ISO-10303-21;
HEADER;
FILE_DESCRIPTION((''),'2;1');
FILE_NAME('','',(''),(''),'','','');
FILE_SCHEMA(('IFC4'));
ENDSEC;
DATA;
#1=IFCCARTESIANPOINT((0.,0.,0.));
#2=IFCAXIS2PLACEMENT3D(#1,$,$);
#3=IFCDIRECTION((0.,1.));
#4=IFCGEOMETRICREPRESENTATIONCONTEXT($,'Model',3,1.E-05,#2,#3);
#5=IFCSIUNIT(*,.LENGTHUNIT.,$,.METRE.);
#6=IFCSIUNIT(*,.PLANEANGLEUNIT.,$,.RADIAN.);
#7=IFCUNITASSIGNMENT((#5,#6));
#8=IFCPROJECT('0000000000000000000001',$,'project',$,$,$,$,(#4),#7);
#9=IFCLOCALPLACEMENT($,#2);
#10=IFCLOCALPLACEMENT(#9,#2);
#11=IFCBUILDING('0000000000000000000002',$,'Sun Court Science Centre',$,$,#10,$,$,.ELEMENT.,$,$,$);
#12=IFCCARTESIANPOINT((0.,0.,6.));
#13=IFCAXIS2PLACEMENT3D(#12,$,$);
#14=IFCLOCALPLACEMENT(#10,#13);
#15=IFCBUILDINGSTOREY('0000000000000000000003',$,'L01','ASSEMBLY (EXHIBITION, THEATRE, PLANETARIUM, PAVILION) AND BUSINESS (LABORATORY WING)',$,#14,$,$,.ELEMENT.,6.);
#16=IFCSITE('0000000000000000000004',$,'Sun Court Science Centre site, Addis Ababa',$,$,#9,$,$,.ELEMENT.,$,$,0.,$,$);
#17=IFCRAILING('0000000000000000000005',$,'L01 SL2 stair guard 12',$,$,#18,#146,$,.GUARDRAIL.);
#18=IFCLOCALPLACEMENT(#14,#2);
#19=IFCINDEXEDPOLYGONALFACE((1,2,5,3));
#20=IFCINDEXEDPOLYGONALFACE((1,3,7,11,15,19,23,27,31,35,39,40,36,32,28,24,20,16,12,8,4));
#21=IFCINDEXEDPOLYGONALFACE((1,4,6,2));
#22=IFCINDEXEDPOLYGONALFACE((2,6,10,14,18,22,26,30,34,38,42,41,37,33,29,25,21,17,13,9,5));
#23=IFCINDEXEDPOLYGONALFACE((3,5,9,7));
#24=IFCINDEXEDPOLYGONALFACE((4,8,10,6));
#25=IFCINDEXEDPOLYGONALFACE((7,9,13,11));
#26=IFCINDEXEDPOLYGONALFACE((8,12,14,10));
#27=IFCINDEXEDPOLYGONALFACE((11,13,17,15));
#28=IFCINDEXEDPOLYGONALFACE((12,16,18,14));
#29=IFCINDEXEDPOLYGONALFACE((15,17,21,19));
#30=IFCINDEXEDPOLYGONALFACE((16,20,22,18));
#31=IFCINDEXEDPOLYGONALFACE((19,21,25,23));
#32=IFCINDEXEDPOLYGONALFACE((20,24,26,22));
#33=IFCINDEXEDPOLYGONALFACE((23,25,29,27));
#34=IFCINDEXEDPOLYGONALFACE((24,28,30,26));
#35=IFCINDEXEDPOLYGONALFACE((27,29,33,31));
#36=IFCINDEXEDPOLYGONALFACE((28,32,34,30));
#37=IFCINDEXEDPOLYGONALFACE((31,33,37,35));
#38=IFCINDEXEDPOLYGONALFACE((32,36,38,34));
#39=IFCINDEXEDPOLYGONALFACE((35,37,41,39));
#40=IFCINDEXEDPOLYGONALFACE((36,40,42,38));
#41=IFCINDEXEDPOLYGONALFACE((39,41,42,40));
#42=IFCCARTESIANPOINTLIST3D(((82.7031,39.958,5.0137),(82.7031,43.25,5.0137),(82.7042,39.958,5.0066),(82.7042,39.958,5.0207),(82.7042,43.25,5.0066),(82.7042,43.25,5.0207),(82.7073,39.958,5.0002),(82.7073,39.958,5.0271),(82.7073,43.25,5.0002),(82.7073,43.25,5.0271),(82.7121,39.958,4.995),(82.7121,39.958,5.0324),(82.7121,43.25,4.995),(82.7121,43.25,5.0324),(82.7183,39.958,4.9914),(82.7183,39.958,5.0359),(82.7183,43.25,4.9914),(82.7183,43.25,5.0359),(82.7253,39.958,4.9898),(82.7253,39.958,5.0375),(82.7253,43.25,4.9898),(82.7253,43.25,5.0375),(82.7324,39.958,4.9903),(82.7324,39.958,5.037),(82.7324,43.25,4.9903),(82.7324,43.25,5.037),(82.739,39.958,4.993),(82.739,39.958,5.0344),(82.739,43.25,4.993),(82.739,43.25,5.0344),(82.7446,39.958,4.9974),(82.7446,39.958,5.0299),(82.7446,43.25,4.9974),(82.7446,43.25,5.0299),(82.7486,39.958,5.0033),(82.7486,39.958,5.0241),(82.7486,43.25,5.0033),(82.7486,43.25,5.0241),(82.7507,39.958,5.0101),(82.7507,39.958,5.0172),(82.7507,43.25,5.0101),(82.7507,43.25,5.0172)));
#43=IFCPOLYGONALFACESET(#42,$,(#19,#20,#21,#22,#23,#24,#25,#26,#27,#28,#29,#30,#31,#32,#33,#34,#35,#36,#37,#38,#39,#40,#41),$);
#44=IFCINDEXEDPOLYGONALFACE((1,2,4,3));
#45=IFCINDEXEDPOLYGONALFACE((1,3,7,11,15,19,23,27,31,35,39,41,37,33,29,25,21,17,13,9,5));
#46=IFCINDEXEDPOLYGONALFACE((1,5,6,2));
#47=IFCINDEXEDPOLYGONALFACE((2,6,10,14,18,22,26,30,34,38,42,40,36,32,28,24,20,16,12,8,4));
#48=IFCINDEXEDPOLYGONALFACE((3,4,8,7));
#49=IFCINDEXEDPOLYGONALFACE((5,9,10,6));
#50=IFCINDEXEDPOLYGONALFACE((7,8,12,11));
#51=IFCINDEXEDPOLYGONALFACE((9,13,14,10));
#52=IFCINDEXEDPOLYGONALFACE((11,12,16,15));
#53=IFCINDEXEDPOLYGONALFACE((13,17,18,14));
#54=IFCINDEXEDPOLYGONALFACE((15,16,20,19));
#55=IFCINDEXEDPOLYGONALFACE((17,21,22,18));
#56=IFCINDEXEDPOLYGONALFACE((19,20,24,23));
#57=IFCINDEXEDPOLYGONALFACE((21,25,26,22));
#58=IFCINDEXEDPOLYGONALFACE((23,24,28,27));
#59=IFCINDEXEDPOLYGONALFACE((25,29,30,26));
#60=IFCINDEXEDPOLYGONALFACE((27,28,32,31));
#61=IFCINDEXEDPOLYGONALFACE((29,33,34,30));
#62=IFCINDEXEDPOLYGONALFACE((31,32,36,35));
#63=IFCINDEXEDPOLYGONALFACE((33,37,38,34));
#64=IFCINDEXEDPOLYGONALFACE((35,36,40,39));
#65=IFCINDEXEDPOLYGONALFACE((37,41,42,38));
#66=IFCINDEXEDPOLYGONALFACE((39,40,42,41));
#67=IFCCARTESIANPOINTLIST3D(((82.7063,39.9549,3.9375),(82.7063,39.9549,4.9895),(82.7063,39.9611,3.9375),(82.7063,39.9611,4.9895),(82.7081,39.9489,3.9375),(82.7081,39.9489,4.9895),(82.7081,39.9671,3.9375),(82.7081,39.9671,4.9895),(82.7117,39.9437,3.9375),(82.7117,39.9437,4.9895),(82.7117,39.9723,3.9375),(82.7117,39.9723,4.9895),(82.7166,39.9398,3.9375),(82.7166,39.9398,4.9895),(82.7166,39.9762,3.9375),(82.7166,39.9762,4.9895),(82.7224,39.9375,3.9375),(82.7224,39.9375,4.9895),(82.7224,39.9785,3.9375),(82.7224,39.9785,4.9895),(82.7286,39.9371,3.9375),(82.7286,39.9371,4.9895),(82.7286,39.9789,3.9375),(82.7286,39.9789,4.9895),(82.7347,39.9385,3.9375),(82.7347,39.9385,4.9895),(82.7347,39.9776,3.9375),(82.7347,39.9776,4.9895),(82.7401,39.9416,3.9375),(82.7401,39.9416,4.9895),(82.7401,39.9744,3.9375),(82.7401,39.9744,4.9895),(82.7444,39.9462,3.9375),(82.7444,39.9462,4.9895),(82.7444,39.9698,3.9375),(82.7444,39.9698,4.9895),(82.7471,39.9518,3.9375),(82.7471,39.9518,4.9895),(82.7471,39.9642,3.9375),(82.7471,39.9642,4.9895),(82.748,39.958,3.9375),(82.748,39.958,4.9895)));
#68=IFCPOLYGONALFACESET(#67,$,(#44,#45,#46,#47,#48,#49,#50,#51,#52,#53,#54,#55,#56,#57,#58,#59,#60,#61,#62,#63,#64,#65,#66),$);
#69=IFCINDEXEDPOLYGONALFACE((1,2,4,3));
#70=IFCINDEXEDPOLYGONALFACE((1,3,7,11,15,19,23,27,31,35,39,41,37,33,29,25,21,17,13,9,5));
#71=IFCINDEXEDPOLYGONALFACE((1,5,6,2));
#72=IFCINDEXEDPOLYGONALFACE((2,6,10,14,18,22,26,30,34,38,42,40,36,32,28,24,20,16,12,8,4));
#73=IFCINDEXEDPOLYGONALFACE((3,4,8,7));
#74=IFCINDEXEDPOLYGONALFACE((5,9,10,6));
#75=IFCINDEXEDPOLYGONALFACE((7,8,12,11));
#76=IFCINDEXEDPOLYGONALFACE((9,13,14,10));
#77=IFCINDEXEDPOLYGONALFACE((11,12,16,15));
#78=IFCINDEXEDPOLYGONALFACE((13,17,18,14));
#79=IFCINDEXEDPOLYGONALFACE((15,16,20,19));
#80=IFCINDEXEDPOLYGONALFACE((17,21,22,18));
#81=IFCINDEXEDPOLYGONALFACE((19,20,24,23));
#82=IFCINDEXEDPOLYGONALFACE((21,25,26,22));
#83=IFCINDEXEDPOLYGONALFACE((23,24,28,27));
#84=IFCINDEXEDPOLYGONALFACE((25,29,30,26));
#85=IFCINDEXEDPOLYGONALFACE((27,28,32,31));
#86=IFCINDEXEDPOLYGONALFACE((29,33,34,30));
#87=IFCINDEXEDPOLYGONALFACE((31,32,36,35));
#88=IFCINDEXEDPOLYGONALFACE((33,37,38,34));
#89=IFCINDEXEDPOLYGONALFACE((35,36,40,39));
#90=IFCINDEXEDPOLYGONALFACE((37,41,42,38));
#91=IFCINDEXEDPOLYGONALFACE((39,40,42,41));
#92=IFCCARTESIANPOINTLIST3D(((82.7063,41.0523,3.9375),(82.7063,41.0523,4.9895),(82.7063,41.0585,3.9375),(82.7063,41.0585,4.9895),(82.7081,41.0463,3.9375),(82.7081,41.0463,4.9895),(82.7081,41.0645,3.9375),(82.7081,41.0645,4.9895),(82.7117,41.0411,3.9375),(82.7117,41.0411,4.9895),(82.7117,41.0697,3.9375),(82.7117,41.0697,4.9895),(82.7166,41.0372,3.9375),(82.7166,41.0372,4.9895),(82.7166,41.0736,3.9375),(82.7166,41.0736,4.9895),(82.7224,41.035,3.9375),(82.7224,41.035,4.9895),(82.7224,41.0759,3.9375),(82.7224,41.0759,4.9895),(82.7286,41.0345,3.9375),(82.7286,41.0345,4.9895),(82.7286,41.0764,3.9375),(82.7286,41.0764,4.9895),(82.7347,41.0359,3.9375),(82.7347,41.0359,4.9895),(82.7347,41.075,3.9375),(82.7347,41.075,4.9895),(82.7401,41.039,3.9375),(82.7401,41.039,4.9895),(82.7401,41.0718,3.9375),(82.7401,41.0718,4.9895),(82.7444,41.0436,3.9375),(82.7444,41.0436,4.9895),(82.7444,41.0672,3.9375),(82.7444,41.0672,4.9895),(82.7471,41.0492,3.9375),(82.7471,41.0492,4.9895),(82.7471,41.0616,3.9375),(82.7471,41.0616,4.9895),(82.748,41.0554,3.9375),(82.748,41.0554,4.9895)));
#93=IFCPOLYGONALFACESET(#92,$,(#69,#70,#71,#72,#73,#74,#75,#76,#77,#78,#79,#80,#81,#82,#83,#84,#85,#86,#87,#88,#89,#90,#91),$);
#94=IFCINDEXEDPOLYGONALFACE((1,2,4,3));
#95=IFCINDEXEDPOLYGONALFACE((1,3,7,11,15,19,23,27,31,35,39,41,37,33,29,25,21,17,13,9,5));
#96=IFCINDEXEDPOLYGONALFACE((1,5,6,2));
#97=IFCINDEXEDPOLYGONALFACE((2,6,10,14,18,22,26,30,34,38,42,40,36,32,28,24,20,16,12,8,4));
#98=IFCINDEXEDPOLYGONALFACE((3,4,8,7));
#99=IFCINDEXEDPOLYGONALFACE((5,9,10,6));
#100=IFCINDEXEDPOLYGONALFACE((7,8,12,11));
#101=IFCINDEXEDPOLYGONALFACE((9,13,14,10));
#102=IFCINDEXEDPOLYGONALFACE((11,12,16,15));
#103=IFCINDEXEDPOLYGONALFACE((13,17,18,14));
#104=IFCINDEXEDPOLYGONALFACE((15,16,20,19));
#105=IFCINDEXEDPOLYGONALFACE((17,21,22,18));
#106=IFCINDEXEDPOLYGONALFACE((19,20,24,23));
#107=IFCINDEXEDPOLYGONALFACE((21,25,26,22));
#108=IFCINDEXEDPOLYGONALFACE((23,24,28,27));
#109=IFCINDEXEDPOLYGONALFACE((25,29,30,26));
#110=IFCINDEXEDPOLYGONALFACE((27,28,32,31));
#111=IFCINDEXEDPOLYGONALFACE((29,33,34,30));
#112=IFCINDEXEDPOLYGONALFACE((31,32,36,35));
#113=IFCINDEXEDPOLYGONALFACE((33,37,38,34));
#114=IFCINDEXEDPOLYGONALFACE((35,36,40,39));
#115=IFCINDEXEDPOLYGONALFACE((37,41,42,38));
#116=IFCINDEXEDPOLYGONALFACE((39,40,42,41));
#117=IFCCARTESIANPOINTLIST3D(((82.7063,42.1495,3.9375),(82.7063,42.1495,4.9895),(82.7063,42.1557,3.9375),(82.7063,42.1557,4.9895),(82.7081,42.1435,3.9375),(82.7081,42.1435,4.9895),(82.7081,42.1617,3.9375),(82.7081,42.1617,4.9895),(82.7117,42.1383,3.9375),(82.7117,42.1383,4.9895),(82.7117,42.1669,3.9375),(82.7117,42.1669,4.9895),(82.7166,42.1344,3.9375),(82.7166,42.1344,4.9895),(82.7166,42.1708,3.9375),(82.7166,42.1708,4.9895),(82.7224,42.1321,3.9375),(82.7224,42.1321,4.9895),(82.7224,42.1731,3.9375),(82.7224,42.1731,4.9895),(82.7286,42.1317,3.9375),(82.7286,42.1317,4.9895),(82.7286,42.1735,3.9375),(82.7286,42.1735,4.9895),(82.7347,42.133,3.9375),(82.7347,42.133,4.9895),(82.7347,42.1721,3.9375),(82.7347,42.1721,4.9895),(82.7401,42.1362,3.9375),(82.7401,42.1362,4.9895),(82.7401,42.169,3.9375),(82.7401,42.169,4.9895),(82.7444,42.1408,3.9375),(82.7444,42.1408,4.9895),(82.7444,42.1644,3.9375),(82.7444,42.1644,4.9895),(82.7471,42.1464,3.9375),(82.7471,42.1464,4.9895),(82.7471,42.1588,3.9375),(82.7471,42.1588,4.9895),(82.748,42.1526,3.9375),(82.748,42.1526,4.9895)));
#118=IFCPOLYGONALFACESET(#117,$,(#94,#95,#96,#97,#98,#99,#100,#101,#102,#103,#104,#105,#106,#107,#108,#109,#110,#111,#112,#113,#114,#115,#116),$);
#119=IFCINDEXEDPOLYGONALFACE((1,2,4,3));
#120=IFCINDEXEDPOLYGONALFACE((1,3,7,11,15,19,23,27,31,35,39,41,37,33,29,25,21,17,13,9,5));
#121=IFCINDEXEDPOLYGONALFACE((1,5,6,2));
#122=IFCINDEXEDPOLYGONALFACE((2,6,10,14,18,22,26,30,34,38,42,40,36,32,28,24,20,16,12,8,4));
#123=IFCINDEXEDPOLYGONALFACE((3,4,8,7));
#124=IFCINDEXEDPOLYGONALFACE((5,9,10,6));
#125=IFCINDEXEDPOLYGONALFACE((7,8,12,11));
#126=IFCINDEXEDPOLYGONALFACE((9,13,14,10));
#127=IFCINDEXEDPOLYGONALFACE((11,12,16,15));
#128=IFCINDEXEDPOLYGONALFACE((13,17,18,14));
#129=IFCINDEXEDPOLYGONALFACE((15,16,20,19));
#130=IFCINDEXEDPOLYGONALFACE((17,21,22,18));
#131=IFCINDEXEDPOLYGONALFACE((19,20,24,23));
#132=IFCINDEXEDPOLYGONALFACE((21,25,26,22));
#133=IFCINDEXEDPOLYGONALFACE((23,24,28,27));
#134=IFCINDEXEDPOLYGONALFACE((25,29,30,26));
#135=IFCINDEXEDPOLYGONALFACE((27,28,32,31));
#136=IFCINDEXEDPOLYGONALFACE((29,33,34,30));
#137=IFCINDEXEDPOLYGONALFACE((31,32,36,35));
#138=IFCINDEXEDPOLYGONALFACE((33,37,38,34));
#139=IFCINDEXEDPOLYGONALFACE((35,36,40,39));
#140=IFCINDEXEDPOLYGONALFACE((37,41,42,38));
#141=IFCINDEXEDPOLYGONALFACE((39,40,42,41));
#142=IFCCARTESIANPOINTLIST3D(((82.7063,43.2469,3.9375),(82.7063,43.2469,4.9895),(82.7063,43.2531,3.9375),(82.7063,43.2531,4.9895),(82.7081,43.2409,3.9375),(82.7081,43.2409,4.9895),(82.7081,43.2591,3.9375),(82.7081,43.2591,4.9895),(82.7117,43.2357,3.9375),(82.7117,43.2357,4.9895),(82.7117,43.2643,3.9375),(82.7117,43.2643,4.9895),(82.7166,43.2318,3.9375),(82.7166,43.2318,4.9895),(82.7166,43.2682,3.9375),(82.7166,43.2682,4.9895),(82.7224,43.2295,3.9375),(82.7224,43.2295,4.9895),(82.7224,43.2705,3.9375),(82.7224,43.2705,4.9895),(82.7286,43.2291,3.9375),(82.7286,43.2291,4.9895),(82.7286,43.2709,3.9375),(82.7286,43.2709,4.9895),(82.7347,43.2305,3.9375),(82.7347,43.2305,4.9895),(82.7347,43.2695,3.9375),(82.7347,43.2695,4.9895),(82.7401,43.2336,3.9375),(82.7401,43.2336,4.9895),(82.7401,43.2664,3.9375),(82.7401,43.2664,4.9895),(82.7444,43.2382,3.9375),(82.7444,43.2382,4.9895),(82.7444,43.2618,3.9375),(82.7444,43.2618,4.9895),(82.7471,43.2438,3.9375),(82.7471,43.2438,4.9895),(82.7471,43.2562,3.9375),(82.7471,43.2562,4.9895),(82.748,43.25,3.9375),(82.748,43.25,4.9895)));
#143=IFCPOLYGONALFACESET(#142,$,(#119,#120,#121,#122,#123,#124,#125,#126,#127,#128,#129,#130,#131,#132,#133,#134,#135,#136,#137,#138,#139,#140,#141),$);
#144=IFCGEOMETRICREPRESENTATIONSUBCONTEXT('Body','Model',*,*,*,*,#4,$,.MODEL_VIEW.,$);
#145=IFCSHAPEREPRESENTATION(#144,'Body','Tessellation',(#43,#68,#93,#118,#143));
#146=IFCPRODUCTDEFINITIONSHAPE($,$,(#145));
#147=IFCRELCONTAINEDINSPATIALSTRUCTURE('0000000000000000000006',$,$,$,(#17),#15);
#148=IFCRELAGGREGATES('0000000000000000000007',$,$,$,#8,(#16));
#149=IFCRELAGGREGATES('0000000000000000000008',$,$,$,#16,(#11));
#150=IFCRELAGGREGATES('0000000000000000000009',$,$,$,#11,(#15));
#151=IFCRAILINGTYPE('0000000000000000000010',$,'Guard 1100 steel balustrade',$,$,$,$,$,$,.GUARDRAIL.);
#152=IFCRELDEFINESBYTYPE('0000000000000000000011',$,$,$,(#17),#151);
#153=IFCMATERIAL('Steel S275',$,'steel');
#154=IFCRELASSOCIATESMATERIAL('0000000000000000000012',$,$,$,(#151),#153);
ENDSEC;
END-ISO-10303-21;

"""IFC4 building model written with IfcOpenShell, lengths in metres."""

from ifc_helpers import new_model, si_unit, direction, frame, origin, origin_2d, place, context, subcontext, project, spatial, circle, extrude, material, type_object, element, save


model = new_model("IFC4")

# Units and contexts
model_context = context("Model", 3, precision=1e-05, world=origin(), true_north=direction((0.0, 1.0)))
body_context = subcontext(model_context, "Body", "Model", "MODEL_VIEW")
ifc_project = project(units=[si_unit("LENGTHUNIT", "METRE"), si_unit("PLANEANGLEUNIT", "RADIAN")], contexts=[model_context])

# Site, building, storey
site_placement = place(None, origin())
site = spatial("IfcSite", under=ifc_project, at=site_placement, Name="Sun Court Science Centre site, Addis Ababa", CompositionType="ELEMENT", RefElevation=0.0)
building_placement = place(site_placement, origin())
building = spatial("IfcBuilding", under=site, at=building_placement, Name="Sun Court Science Centre", CompositionType="ELEMENT")
storey_placement = place(building_placement, frame((0.0, 0.0, 6.0)))
storey = spatial("IfcBuildingStorey", under=building, at=storey_placement, Name="L01", Description="ASSEMBLY (EXHIBITION, THEATRE, PLANETARIUM, PAVILION) AND BUSINESS (LABORATORY WING)", CompositionType="ELEMENT", Elevation=6.0)

# Railing
ifc_material_1 = material(Name="Steel S275", Category="steel")
railing_type_1 = type_object("IfcRailingType", Name="Guard 1100 steel balustrade", PredefinedType="GUARDRAIL", material=ifc_material_1)
railing_1_placement = place(storey_placement, frame((82.7271, 39.958, 3.9375)))
element("IfcRailing", 1, at=railing_1_placement, inside=storey, type_object=railing_type_1, Name="L01 SL2 stair guard 12", PredefinedType="GUARDRAIL", context=body_context, shape_type="SweptSolid", body=[
    extrude(circle(Radius=0.0239, at=origin_2d()), frame((0.0, 0.0, 1.0762), z_axis=(0.0, 1.0, 0.0), x_axis=(-1.0, 0.0, 0.0)), (0.0, 0.0, 1.0), 3.292),
    extrude(circle(Radius=0.021, at=origin_2d()), origin(), (0.0, 0.0, 1.0), 1.052),
    extrude(circle(Radius=0.021, at=origin_2d()), frame((0.0, 1.0974, 0.0)), (0.0, 0.0, 1.0), 1.052),
    extrude(circle(Radius=0.021, at=origin_2d()), frame((0.0, 2.1946, 0.0)), (0.0, 0.0, 1.0), 1.052),
    extrude(circle(Radius=0.021, at=origin_2d()), frame((0.0, 3.292, 0.0)), (0.0, 0.0, 1.0), 1.052),
])

save(model, "model.ifc")
